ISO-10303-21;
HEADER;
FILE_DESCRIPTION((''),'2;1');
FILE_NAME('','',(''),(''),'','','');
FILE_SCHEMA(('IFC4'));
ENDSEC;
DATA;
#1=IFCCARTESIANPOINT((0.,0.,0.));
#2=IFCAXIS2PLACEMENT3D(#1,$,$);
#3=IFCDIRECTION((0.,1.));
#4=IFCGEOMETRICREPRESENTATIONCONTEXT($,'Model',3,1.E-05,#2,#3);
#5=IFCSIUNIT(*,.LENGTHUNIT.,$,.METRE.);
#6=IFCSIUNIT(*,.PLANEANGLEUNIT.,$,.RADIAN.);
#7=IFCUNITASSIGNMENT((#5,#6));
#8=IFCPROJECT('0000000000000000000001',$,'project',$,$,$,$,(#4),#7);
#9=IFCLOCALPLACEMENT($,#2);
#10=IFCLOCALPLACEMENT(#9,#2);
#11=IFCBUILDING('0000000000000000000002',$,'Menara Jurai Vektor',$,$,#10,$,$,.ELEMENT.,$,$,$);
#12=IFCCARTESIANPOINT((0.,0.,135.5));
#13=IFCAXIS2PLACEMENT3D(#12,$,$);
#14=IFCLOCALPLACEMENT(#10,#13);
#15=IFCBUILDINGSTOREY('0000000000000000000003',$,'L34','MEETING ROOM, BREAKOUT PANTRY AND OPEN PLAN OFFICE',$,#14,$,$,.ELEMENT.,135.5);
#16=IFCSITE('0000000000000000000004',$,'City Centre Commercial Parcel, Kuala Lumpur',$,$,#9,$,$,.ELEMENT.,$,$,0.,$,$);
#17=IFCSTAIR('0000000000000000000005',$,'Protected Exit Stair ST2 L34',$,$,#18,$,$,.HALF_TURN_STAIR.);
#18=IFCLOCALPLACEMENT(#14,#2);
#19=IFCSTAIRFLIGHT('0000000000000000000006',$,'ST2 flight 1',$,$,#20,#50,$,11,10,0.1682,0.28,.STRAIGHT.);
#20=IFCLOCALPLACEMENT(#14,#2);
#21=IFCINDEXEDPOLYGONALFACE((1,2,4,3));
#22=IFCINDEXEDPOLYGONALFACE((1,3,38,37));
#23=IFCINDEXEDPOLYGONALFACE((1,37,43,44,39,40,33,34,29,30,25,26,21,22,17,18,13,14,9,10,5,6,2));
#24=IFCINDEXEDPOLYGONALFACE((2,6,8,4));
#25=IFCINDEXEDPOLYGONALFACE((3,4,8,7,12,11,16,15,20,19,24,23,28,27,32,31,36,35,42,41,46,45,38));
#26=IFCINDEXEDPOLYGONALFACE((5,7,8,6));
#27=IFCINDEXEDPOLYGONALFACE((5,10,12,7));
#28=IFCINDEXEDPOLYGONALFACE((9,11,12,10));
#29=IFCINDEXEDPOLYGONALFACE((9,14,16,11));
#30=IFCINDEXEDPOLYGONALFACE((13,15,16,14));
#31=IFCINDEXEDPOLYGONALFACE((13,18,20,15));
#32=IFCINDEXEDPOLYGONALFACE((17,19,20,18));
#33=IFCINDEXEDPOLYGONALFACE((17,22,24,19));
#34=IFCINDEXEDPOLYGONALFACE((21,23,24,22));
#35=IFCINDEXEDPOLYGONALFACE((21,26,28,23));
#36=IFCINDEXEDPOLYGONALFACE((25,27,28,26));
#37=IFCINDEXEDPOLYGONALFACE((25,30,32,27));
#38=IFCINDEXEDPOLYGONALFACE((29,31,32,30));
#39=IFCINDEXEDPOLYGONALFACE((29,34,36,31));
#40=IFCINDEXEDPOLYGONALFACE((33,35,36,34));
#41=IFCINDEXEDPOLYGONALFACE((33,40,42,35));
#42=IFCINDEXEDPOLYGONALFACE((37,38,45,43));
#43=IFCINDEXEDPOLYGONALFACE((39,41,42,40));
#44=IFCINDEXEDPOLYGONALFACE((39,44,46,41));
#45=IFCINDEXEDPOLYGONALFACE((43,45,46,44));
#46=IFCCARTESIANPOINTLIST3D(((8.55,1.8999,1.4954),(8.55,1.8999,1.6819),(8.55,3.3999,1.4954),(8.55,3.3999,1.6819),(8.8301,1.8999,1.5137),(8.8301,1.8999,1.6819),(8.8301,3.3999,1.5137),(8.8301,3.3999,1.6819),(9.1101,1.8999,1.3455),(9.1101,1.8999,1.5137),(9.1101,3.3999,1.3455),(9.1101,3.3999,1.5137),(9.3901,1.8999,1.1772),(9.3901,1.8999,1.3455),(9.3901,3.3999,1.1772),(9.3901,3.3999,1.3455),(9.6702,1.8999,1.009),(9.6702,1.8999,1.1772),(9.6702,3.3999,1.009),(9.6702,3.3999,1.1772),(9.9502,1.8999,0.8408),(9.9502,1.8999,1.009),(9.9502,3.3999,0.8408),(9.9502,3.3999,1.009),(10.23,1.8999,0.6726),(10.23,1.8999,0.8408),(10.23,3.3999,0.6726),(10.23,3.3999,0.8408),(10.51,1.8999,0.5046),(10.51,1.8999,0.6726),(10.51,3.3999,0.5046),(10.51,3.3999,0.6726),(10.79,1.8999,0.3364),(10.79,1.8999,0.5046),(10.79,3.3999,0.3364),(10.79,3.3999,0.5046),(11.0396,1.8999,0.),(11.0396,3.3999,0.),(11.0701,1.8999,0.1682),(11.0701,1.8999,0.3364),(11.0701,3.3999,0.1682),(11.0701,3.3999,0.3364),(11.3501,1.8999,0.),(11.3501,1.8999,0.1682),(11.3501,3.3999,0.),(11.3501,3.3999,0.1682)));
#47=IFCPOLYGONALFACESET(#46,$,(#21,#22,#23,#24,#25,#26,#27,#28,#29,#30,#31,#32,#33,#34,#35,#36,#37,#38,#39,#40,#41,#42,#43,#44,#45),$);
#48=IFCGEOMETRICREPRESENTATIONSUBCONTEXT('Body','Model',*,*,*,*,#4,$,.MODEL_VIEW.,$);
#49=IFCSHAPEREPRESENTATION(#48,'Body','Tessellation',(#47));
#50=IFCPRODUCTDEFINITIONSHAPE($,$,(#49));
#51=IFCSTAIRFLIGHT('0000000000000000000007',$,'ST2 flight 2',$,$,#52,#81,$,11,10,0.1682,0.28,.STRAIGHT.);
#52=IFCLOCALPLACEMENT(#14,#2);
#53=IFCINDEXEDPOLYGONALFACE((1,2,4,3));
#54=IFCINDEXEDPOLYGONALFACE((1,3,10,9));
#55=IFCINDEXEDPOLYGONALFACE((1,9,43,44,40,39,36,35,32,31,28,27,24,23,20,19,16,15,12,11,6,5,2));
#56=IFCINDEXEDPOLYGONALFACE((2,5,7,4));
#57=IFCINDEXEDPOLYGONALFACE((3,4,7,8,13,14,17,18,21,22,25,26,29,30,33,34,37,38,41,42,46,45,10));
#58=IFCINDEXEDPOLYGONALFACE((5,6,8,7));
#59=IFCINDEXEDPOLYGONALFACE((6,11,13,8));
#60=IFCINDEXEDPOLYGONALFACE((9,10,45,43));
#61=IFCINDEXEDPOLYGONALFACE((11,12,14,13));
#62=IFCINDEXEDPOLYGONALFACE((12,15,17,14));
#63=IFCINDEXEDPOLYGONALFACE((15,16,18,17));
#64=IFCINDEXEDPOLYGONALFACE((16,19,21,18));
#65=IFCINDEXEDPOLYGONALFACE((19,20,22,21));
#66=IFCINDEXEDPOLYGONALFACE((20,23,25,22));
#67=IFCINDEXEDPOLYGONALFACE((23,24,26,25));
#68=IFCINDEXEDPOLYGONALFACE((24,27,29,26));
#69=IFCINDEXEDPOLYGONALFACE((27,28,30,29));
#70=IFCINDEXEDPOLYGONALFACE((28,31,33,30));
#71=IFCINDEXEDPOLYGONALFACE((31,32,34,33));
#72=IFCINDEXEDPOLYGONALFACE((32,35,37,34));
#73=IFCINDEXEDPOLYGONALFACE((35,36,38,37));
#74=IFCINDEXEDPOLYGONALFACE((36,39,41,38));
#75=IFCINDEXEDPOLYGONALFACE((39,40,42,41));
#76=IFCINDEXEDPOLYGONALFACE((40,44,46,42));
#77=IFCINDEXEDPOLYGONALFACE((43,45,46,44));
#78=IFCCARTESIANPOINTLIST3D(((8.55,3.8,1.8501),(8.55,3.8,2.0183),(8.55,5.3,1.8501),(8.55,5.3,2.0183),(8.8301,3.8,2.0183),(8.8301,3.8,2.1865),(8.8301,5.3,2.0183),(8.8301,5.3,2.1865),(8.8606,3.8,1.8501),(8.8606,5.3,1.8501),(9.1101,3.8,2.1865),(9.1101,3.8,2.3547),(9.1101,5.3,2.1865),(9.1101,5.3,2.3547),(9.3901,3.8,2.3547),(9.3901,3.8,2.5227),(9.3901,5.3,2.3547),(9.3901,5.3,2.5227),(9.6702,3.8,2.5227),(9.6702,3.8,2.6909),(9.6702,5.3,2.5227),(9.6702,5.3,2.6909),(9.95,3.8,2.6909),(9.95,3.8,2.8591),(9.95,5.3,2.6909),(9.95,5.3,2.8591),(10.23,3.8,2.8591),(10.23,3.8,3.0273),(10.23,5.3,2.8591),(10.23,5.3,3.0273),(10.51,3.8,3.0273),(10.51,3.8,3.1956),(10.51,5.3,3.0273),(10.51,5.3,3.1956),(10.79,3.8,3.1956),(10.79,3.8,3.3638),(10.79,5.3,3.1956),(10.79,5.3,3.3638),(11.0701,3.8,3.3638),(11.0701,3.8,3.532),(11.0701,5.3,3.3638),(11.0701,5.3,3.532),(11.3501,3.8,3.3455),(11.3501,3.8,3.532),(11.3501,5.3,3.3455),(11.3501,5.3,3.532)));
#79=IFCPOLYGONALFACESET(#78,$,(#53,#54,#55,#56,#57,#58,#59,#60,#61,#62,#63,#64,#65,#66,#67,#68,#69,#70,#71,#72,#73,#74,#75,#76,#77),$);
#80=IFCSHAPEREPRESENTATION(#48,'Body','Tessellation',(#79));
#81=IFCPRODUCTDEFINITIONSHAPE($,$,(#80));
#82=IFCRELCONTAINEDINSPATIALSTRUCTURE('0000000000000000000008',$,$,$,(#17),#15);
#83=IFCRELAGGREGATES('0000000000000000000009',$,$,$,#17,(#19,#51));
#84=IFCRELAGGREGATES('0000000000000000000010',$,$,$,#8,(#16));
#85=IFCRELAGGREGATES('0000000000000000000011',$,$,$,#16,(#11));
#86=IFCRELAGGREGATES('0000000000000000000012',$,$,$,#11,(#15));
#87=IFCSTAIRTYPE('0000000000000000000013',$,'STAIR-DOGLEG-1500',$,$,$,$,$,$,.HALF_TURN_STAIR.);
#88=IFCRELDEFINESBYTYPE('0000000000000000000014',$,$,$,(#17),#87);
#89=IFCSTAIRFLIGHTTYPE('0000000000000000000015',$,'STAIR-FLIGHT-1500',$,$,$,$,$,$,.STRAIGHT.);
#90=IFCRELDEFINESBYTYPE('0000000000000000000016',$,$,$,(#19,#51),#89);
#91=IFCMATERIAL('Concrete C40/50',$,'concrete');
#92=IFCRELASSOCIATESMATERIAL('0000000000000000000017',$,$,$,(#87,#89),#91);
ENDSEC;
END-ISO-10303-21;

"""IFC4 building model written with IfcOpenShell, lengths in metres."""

from ifc_helpers import new_model, si_unit, direction, frame, origin, place, context, subcontext, project, spatial, polyline, outline, extrude, material, type_object, element, aggregate, save


model = new_model("IFC4")

# Units and contexts
model_context = context("Model", 3, precision=1e-05, world=origin(), true_north=direction((0.0, 1.0)))
body_context = subcontext(model_context, "Body", "Model", "MODEL_VIEW")
ifc_project = project(units=[si_unit("LENGTHUNIT", "METRE"), si_unit("PLANEANGLEUNIT", "RADIAN")], contexts=[model_context])

# Site, building, storey
site_placement = place(None, origin())
site = spatial("IfcSite", under=ifc_project, at=site_placement, Name="City Centre Commercial Parcel, Kuala Lumpur", CompositionType="ELEMENT", RefElevation=0.0)
building_placement = place(site_placement, origin())
building = spatial("IfcBuilding", under=site, at=building_placement, Name="Menara Jurai Vektor", CompositionType="ELEMENT")
storey_placement = place(building_placement, frame((0.0, 0.0, 135.5)))
storey = spatial("IfcBuildingStorey", under=building, at=storey_placement, Name="L34", Description="MEETING ROOM, BREAKOUT PANTRY AND OPEN PLAN OFFICE", CompositionType="ELEMENT", Elevation=135.5)

# Stair, stair flights
ifc_material_1 = material(Name="Concrete C40/50", Category="concrete")
stair_type = type_object("IfcStairType", Name="STAIR-DOGLEG-1500", PredefinedType="HALF_TURN_STAIR", material=ifc_material_1)
stair_placement = place(storey_placement, origin())
stair = element("IfcStair", 1, at=stair_placement, inside=storey, type_object=stair_type, Name="Protected Exit Stair ST2 L34", PredefinedType="HALF_TURN_STAIR")
stair_flight_type = type_object("IfcStairFlightType", Name="STAIR-FLIGHT-1500", PredefinedType="STRAIGHT", material=ifc_material_1)
stair_flight_1_placement = place(storey_placement, frame((11.3501, 2.6499, 0.0), z_axis=(0.0, 0.0, 1.0), x_axis=(-1.0, 0.0, 0.0)))
stair_flight_1 = element("IfcStairFlight", 2, at=stair_flight_1_placement, type_object=stair_flight_type, Name="ST2 flight 1", NumberOfRisers=11, NumberOfTreads=10, PredefinedType="STRAIGHT", RiserHeight=0.1682, TreadLength=0.28, context=body_context, shape_type="SweptSolid", body=[
    extrude(outline(polyline([(0.0, 0.0), (0.0, 0.1682), (0.28, 0.1682), (0.28, 0.3364), (0.5601, 0.3364), (0.5601, 0.5046), (0.8401, 0.5046), (0.8401, 0.6726), (1.1201, 0.6726), (1.1201, 0.8408), (1.3999, 0.8408), (1.3999, 1.009), (1.6799, 1.009), (1.6799, 1.1772), (1.96, 1.1772), (1.96, 1.3455), (2.24, 1.3455), (2.24, 1.5137), (2.52, 1.5137), (2.52, 1.6819), (2.8, 1.6819), (2.8, 1.8501), (2.8, 1.4954), (0.3105, 0.0), (0.0, 0.0)])), frame((0.0, 0.75, 0.0), z_axis=(0.0, -1.0, 0.0), x_axis=(1.0, 0.0, 0.0)), (0.0, 0.0, 1.0), 1.5),
])
stair_flight_2_placement = place(storey_placement, frame((8.55, 4.55, 1.8501), z_axis=(0.0, 0.0, 1.0), x_axis=(1.0, 0.0, 0.0)))
stair_flight_2 = element("IfcStairFlight", 3, at=stair_flight_2_placement, type_object=stair_flight_type, Name="ST2 flight 2", NumberOfRisers=11, NumberOfTreads=10, PredefinedType="STRAIGHT", RiserHeight=0.1682, TreadLength=0.28, context=body_context, shape_type="SweptSolid", body=[
    extrude(outline(polyline([(0.0, 0.0), (0.0, 0.1682), (0.28, 0.1682), (0.28, 0.3364), (0.5601, 0.3364), (0.5601, 0.5046), (0.8401, 0.5046), (0.8401, 0.6726), (1.1201, 0.6726), (1.1201, 0.8408), (1.3999, 0.8408), (1.3999, 1.009), (1.6799, 1.009), (1.6799, 1.1772), (1.96, 1.1772), (1.96, 1.3455), (2.24, 1.3455), (2.24, 1.5137), (2.52, 1.5137), (2.52, 1.6819), (2.8, 1.6819), (2.8, 1.8501), (2.8, 1.4954), (0.3105, 0.0), (0.0, 0.0)])), frame((0.0, 0.75, 0.0), z_axis=(0.0, -1.0, 0.0), x_axis=(1.0, 0.0, 0.0)), (0.0, 0.0, 1.0), 1.5),
])
aggregate(stair, [stair_flight_1, stair_flight_2])

save(model, "model.ifc")
